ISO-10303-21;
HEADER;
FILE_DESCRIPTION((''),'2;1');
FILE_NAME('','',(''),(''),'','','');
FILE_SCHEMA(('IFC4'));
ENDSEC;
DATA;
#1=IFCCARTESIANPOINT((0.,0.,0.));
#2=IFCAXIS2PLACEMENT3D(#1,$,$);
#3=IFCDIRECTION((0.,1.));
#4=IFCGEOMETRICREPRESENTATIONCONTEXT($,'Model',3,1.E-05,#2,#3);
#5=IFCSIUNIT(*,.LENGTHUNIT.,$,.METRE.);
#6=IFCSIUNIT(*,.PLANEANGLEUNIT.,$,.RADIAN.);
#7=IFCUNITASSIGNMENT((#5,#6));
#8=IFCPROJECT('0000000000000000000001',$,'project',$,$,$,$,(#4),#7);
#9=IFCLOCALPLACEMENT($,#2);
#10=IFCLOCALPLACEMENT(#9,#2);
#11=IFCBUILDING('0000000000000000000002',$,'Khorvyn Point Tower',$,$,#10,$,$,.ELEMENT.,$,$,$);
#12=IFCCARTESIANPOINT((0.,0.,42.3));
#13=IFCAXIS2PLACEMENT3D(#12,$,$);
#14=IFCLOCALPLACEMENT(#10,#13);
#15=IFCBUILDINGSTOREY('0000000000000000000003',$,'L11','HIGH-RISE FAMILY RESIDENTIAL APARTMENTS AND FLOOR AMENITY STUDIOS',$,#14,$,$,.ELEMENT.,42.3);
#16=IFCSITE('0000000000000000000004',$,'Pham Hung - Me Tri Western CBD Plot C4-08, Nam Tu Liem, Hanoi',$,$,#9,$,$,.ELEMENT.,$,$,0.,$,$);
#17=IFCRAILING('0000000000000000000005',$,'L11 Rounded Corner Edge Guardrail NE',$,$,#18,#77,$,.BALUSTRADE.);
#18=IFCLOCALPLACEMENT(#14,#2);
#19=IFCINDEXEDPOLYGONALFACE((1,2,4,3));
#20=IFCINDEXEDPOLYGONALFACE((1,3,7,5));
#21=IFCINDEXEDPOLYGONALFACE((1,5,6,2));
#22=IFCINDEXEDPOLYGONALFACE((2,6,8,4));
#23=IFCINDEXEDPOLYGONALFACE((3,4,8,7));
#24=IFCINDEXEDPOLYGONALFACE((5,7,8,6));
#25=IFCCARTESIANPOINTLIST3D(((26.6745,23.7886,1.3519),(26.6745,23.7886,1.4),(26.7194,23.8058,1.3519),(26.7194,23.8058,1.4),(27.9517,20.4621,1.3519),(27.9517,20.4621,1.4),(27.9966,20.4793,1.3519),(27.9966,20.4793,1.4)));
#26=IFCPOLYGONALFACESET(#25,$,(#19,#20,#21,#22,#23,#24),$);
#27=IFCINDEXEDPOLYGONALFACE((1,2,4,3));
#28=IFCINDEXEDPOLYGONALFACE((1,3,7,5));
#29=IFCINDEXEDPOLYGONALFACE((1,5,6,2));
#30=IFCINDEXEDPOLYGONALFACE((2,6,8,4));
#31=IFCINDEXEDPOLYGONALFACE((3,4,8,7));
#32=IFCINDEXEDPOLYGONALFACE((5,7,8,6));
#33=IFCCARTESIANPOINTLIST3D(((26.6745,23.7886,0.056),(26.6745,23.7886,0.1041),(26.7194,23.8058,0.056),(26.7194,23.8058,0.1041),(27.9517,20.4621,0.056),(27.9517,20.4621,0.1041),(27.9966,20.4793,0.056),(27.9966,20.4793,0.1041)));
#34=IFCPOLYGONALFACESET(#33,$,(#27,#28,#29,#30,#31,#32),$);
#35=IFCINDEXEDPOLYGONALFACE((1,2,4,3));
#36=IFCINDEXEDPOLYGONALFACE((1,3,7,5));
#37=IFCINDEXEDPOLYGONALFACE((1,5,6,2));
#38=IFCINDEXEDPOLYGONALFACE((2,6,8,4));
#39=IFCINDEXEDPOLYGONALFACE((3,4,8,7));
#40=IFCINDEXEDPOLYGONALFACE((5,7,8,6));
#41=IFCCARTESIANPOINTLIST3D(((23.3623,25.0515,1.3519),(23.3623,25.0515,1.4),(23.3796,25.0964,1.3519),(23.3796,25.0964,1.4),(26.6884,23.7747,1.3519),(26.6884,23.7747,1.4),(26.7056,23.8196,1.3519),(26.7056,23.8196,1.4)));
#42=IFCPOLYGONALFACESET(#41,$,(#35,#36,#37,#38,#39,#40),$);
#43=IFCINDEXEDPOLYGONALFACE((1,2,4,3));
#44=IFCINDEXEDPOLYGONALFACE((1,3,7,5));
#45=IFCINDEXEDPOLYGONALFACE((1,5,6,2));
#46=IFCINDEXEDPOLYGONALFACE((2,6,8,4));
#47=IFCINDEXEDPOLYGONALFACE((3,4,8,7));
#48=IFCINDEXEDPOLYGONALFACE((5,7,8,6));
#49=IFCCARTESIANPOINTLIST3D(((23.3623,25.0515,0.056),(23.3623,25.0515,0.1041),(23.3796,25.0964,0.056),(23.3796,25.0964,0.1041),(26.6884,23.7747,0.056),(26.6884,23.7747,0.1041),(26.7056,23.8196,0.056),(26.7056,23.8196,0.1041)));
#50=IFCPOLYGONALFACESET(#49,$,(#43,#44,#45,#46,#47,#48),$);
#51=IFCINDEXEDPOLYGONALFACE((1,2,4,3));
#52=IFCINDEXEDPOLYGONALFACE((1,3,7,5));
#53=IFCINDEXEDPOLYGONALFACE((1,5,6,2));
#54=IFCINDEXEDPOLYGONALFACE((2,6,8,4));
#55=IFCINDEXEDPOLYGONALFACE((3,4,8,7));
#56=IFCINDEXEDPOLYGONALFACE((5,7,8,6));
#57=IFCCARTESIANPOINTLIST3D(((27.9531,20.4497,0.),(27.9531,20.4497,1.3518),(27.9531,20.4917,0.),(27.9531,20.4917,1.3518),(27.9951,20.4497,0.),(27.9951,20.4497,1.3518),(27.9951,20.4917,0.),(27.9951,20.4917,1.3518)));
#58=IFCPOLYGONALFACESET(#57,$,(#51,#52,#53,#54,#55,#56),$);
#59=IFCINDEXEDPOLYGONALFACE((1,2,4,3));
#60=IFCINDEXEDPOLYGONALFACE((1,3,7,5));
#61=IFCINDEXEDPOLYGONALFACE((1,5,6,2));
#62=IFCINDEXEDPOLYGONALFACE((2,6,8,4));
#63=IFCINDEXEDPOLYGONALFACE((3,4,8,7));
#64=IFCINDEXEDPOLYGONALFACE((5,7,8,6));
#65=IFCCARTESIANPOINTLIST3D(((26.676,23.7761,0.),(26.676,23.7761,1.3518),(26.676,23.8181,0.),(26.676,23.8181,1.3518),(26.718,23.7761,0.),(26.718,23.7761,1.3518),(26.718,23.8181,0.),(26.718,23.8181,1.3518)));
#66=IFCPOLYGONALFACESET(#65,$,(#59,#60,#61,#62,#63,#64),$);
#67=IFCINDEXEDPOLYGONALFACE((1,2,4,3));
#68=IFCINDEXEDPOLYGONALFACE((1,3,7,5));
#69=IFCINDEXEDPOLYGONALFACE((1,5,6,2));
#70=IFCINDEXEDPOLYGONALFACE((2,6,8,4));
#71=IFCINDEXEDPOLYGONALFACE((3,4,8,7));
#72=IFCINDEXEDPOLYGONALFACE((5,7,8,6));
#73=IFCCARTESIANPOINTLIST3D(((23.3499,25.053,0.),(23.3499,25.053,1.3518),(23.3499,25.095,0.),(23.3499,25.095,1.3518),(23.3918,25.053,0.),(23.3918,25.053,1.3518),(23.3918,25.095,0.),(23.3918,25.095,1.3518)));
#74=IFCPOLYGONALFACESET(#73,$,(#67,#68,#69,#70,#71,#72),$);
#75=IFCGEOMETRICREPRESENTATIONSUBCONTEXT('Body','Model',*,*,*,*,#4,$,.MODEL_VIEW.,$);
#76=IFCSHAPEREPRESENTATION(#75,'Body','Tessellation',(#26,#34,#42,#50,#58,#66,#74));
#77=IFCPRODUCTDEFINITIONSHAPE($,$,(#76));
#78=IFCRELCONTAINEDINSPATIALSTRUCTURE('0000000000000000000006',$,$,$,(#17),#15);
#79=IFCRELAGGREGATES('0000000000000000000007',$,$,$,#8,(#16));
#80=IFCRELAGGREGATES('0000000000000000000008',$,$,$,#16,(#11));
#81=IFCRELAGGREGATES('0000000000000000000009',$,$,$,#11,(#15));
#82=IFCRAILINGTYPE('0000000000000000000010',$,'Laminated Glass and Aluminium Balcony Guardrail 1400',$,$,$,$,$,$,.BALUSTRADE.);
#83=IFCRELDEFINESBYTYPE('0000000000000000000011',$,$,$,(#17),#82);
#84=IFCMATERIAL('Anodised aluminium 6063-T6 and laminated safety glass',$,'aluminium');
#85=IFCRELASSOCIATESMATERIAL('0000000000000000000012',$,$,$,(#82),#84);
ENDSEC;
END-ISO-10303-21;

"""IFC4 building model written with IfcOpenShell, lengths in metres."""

from ifc_helpers import new_model, si_unit, direction, frame, origin, origin_2d, place, context, subcontext, project, spatial, rectangle, extrude, material, type_object, element, save


model = new_model("IFC4")

# Units and contexts
model_context = context("Model", 3, precision=1e-05, world=origin(), true_north=direction((0.0, 1.0)))
body_context = subcontext(model_context, "Body", "Model", "MODEL_VIEW")
ifc_project = project(units=[si_unit("LENGTHUNIT", "METRE"), si_unit("PLANEANGLEUNIT", "RADIAN")], contexts=[model_context])

# Site, building, storey
site_placement = place(None, origin())
site = spatial("IfcSite", under=ifc_project, at=site_placement, Name="Pham Hung - Me Tri Western CBD Plot C4-08, Nam Tu Liem, Hanoi", CompositionType="ELEMENT", RefElevation=0.0)
building_placement = place(site_placement, origin())
building = spatial("IfcBuilding", under=site, at=building_placement, Name="Khorvyn Point Tower", CompositionType="ELEMENT")
storey_placement = place(building_placement, frame((0.0, 0.0, 42.3)))
storey = spatial("IfcBuildingStorey", under=building, at=storey_placement, Name="L11", Description="HIGH-RISE FAMILY RESIDENTIAL APARTMENTS AND FLOOR AMENITY STUDIOS", CompositionType="ELEMENT", Elevation=42.3)

# Railing
ifc_material_1 = material(Name="Anodised aluminium 6063-T6 and laminated safety glass", Category="aluminium")
railing_type = type_object("IfcRailingType", Name="Laminated Glass and Aluminium Balcony Guardrail 1400", PredefinedType="BALUSTRADE", material=ifc_material_1)
railing_placement = place(storey_placement, frame((27.9741, 20.4707, 0.0)))
element("IfcRailing", 1, at=railing_placement, inside=storey, type_object=railing_type, Name="L11 Rounded Corner Edge Guardrail NE", PredefinedType="BALUSTRADE", context=body_context, shape_type="SweptSolid", body=[
    extrude(rectangle(XDim=0.0481, YDim=0.0481, at=origin_2d()), frame((0.0, 0.0, 1.376), z_axis=(-0.358419, 0.933561, 0.0), x_axis=(-0.933561, -0.358419, 0.0)), (0.0, 0.0, 1.0), 3.5632),
    extrude(rectangle(XDim=0.0481, YDim=0.0481, at=origin_2d()), frame((0.0, 0.0, 0.0801), z_axis=(-0.358419, 0.933561, 0.0), x_axis=(-0.933561, -0.358419, 0.0)), (0.0, 0.0, 1.0), 3.5632),
    extrude(rectangle(XDim=0.0481, YDim=0.0481, at=origin_2d()), frame((-1.2771, 3.3264, 1.376), z_axis=(-0.933575, 0.358382, 0.0), x_axis=(-0.358382, -0.933575, 0.0)), (0.0, 0.0, 1.0), 3.5627),
    extrude(rectangle(XDim=0.0481, YDim=0.0481, at=origin_2d()), frame((-1.2771, 3.3264, 0.0801), z_axis=(-0.933575, 0.358382, 0.0), x_axis=(-0.358382, -0.933575, 0.0)), (0.0, 0.0, 1.0), 3.5627),
    extrude(rectangle(XDim=0.042, YDim=0.042, at=origin_2d()), origin(), (0.0, 0.0, 1.0), 1.3518),
    extrude(rectangle(XDim=0.042, YDim=0.042, at=origin_2d()), frame((-1.2771, 3.3264, 0.0)), (0.0, 0.0, 1.0), 1.3518),
    extrude(rectangle(XDim=0.042, YDim=0.042, at=origin_2d()), frame((-4.6033, 4.6033, 0.0)), (0.0, 0.0, 1.0), 1.3518),
])

save(model, "model.ifc")
